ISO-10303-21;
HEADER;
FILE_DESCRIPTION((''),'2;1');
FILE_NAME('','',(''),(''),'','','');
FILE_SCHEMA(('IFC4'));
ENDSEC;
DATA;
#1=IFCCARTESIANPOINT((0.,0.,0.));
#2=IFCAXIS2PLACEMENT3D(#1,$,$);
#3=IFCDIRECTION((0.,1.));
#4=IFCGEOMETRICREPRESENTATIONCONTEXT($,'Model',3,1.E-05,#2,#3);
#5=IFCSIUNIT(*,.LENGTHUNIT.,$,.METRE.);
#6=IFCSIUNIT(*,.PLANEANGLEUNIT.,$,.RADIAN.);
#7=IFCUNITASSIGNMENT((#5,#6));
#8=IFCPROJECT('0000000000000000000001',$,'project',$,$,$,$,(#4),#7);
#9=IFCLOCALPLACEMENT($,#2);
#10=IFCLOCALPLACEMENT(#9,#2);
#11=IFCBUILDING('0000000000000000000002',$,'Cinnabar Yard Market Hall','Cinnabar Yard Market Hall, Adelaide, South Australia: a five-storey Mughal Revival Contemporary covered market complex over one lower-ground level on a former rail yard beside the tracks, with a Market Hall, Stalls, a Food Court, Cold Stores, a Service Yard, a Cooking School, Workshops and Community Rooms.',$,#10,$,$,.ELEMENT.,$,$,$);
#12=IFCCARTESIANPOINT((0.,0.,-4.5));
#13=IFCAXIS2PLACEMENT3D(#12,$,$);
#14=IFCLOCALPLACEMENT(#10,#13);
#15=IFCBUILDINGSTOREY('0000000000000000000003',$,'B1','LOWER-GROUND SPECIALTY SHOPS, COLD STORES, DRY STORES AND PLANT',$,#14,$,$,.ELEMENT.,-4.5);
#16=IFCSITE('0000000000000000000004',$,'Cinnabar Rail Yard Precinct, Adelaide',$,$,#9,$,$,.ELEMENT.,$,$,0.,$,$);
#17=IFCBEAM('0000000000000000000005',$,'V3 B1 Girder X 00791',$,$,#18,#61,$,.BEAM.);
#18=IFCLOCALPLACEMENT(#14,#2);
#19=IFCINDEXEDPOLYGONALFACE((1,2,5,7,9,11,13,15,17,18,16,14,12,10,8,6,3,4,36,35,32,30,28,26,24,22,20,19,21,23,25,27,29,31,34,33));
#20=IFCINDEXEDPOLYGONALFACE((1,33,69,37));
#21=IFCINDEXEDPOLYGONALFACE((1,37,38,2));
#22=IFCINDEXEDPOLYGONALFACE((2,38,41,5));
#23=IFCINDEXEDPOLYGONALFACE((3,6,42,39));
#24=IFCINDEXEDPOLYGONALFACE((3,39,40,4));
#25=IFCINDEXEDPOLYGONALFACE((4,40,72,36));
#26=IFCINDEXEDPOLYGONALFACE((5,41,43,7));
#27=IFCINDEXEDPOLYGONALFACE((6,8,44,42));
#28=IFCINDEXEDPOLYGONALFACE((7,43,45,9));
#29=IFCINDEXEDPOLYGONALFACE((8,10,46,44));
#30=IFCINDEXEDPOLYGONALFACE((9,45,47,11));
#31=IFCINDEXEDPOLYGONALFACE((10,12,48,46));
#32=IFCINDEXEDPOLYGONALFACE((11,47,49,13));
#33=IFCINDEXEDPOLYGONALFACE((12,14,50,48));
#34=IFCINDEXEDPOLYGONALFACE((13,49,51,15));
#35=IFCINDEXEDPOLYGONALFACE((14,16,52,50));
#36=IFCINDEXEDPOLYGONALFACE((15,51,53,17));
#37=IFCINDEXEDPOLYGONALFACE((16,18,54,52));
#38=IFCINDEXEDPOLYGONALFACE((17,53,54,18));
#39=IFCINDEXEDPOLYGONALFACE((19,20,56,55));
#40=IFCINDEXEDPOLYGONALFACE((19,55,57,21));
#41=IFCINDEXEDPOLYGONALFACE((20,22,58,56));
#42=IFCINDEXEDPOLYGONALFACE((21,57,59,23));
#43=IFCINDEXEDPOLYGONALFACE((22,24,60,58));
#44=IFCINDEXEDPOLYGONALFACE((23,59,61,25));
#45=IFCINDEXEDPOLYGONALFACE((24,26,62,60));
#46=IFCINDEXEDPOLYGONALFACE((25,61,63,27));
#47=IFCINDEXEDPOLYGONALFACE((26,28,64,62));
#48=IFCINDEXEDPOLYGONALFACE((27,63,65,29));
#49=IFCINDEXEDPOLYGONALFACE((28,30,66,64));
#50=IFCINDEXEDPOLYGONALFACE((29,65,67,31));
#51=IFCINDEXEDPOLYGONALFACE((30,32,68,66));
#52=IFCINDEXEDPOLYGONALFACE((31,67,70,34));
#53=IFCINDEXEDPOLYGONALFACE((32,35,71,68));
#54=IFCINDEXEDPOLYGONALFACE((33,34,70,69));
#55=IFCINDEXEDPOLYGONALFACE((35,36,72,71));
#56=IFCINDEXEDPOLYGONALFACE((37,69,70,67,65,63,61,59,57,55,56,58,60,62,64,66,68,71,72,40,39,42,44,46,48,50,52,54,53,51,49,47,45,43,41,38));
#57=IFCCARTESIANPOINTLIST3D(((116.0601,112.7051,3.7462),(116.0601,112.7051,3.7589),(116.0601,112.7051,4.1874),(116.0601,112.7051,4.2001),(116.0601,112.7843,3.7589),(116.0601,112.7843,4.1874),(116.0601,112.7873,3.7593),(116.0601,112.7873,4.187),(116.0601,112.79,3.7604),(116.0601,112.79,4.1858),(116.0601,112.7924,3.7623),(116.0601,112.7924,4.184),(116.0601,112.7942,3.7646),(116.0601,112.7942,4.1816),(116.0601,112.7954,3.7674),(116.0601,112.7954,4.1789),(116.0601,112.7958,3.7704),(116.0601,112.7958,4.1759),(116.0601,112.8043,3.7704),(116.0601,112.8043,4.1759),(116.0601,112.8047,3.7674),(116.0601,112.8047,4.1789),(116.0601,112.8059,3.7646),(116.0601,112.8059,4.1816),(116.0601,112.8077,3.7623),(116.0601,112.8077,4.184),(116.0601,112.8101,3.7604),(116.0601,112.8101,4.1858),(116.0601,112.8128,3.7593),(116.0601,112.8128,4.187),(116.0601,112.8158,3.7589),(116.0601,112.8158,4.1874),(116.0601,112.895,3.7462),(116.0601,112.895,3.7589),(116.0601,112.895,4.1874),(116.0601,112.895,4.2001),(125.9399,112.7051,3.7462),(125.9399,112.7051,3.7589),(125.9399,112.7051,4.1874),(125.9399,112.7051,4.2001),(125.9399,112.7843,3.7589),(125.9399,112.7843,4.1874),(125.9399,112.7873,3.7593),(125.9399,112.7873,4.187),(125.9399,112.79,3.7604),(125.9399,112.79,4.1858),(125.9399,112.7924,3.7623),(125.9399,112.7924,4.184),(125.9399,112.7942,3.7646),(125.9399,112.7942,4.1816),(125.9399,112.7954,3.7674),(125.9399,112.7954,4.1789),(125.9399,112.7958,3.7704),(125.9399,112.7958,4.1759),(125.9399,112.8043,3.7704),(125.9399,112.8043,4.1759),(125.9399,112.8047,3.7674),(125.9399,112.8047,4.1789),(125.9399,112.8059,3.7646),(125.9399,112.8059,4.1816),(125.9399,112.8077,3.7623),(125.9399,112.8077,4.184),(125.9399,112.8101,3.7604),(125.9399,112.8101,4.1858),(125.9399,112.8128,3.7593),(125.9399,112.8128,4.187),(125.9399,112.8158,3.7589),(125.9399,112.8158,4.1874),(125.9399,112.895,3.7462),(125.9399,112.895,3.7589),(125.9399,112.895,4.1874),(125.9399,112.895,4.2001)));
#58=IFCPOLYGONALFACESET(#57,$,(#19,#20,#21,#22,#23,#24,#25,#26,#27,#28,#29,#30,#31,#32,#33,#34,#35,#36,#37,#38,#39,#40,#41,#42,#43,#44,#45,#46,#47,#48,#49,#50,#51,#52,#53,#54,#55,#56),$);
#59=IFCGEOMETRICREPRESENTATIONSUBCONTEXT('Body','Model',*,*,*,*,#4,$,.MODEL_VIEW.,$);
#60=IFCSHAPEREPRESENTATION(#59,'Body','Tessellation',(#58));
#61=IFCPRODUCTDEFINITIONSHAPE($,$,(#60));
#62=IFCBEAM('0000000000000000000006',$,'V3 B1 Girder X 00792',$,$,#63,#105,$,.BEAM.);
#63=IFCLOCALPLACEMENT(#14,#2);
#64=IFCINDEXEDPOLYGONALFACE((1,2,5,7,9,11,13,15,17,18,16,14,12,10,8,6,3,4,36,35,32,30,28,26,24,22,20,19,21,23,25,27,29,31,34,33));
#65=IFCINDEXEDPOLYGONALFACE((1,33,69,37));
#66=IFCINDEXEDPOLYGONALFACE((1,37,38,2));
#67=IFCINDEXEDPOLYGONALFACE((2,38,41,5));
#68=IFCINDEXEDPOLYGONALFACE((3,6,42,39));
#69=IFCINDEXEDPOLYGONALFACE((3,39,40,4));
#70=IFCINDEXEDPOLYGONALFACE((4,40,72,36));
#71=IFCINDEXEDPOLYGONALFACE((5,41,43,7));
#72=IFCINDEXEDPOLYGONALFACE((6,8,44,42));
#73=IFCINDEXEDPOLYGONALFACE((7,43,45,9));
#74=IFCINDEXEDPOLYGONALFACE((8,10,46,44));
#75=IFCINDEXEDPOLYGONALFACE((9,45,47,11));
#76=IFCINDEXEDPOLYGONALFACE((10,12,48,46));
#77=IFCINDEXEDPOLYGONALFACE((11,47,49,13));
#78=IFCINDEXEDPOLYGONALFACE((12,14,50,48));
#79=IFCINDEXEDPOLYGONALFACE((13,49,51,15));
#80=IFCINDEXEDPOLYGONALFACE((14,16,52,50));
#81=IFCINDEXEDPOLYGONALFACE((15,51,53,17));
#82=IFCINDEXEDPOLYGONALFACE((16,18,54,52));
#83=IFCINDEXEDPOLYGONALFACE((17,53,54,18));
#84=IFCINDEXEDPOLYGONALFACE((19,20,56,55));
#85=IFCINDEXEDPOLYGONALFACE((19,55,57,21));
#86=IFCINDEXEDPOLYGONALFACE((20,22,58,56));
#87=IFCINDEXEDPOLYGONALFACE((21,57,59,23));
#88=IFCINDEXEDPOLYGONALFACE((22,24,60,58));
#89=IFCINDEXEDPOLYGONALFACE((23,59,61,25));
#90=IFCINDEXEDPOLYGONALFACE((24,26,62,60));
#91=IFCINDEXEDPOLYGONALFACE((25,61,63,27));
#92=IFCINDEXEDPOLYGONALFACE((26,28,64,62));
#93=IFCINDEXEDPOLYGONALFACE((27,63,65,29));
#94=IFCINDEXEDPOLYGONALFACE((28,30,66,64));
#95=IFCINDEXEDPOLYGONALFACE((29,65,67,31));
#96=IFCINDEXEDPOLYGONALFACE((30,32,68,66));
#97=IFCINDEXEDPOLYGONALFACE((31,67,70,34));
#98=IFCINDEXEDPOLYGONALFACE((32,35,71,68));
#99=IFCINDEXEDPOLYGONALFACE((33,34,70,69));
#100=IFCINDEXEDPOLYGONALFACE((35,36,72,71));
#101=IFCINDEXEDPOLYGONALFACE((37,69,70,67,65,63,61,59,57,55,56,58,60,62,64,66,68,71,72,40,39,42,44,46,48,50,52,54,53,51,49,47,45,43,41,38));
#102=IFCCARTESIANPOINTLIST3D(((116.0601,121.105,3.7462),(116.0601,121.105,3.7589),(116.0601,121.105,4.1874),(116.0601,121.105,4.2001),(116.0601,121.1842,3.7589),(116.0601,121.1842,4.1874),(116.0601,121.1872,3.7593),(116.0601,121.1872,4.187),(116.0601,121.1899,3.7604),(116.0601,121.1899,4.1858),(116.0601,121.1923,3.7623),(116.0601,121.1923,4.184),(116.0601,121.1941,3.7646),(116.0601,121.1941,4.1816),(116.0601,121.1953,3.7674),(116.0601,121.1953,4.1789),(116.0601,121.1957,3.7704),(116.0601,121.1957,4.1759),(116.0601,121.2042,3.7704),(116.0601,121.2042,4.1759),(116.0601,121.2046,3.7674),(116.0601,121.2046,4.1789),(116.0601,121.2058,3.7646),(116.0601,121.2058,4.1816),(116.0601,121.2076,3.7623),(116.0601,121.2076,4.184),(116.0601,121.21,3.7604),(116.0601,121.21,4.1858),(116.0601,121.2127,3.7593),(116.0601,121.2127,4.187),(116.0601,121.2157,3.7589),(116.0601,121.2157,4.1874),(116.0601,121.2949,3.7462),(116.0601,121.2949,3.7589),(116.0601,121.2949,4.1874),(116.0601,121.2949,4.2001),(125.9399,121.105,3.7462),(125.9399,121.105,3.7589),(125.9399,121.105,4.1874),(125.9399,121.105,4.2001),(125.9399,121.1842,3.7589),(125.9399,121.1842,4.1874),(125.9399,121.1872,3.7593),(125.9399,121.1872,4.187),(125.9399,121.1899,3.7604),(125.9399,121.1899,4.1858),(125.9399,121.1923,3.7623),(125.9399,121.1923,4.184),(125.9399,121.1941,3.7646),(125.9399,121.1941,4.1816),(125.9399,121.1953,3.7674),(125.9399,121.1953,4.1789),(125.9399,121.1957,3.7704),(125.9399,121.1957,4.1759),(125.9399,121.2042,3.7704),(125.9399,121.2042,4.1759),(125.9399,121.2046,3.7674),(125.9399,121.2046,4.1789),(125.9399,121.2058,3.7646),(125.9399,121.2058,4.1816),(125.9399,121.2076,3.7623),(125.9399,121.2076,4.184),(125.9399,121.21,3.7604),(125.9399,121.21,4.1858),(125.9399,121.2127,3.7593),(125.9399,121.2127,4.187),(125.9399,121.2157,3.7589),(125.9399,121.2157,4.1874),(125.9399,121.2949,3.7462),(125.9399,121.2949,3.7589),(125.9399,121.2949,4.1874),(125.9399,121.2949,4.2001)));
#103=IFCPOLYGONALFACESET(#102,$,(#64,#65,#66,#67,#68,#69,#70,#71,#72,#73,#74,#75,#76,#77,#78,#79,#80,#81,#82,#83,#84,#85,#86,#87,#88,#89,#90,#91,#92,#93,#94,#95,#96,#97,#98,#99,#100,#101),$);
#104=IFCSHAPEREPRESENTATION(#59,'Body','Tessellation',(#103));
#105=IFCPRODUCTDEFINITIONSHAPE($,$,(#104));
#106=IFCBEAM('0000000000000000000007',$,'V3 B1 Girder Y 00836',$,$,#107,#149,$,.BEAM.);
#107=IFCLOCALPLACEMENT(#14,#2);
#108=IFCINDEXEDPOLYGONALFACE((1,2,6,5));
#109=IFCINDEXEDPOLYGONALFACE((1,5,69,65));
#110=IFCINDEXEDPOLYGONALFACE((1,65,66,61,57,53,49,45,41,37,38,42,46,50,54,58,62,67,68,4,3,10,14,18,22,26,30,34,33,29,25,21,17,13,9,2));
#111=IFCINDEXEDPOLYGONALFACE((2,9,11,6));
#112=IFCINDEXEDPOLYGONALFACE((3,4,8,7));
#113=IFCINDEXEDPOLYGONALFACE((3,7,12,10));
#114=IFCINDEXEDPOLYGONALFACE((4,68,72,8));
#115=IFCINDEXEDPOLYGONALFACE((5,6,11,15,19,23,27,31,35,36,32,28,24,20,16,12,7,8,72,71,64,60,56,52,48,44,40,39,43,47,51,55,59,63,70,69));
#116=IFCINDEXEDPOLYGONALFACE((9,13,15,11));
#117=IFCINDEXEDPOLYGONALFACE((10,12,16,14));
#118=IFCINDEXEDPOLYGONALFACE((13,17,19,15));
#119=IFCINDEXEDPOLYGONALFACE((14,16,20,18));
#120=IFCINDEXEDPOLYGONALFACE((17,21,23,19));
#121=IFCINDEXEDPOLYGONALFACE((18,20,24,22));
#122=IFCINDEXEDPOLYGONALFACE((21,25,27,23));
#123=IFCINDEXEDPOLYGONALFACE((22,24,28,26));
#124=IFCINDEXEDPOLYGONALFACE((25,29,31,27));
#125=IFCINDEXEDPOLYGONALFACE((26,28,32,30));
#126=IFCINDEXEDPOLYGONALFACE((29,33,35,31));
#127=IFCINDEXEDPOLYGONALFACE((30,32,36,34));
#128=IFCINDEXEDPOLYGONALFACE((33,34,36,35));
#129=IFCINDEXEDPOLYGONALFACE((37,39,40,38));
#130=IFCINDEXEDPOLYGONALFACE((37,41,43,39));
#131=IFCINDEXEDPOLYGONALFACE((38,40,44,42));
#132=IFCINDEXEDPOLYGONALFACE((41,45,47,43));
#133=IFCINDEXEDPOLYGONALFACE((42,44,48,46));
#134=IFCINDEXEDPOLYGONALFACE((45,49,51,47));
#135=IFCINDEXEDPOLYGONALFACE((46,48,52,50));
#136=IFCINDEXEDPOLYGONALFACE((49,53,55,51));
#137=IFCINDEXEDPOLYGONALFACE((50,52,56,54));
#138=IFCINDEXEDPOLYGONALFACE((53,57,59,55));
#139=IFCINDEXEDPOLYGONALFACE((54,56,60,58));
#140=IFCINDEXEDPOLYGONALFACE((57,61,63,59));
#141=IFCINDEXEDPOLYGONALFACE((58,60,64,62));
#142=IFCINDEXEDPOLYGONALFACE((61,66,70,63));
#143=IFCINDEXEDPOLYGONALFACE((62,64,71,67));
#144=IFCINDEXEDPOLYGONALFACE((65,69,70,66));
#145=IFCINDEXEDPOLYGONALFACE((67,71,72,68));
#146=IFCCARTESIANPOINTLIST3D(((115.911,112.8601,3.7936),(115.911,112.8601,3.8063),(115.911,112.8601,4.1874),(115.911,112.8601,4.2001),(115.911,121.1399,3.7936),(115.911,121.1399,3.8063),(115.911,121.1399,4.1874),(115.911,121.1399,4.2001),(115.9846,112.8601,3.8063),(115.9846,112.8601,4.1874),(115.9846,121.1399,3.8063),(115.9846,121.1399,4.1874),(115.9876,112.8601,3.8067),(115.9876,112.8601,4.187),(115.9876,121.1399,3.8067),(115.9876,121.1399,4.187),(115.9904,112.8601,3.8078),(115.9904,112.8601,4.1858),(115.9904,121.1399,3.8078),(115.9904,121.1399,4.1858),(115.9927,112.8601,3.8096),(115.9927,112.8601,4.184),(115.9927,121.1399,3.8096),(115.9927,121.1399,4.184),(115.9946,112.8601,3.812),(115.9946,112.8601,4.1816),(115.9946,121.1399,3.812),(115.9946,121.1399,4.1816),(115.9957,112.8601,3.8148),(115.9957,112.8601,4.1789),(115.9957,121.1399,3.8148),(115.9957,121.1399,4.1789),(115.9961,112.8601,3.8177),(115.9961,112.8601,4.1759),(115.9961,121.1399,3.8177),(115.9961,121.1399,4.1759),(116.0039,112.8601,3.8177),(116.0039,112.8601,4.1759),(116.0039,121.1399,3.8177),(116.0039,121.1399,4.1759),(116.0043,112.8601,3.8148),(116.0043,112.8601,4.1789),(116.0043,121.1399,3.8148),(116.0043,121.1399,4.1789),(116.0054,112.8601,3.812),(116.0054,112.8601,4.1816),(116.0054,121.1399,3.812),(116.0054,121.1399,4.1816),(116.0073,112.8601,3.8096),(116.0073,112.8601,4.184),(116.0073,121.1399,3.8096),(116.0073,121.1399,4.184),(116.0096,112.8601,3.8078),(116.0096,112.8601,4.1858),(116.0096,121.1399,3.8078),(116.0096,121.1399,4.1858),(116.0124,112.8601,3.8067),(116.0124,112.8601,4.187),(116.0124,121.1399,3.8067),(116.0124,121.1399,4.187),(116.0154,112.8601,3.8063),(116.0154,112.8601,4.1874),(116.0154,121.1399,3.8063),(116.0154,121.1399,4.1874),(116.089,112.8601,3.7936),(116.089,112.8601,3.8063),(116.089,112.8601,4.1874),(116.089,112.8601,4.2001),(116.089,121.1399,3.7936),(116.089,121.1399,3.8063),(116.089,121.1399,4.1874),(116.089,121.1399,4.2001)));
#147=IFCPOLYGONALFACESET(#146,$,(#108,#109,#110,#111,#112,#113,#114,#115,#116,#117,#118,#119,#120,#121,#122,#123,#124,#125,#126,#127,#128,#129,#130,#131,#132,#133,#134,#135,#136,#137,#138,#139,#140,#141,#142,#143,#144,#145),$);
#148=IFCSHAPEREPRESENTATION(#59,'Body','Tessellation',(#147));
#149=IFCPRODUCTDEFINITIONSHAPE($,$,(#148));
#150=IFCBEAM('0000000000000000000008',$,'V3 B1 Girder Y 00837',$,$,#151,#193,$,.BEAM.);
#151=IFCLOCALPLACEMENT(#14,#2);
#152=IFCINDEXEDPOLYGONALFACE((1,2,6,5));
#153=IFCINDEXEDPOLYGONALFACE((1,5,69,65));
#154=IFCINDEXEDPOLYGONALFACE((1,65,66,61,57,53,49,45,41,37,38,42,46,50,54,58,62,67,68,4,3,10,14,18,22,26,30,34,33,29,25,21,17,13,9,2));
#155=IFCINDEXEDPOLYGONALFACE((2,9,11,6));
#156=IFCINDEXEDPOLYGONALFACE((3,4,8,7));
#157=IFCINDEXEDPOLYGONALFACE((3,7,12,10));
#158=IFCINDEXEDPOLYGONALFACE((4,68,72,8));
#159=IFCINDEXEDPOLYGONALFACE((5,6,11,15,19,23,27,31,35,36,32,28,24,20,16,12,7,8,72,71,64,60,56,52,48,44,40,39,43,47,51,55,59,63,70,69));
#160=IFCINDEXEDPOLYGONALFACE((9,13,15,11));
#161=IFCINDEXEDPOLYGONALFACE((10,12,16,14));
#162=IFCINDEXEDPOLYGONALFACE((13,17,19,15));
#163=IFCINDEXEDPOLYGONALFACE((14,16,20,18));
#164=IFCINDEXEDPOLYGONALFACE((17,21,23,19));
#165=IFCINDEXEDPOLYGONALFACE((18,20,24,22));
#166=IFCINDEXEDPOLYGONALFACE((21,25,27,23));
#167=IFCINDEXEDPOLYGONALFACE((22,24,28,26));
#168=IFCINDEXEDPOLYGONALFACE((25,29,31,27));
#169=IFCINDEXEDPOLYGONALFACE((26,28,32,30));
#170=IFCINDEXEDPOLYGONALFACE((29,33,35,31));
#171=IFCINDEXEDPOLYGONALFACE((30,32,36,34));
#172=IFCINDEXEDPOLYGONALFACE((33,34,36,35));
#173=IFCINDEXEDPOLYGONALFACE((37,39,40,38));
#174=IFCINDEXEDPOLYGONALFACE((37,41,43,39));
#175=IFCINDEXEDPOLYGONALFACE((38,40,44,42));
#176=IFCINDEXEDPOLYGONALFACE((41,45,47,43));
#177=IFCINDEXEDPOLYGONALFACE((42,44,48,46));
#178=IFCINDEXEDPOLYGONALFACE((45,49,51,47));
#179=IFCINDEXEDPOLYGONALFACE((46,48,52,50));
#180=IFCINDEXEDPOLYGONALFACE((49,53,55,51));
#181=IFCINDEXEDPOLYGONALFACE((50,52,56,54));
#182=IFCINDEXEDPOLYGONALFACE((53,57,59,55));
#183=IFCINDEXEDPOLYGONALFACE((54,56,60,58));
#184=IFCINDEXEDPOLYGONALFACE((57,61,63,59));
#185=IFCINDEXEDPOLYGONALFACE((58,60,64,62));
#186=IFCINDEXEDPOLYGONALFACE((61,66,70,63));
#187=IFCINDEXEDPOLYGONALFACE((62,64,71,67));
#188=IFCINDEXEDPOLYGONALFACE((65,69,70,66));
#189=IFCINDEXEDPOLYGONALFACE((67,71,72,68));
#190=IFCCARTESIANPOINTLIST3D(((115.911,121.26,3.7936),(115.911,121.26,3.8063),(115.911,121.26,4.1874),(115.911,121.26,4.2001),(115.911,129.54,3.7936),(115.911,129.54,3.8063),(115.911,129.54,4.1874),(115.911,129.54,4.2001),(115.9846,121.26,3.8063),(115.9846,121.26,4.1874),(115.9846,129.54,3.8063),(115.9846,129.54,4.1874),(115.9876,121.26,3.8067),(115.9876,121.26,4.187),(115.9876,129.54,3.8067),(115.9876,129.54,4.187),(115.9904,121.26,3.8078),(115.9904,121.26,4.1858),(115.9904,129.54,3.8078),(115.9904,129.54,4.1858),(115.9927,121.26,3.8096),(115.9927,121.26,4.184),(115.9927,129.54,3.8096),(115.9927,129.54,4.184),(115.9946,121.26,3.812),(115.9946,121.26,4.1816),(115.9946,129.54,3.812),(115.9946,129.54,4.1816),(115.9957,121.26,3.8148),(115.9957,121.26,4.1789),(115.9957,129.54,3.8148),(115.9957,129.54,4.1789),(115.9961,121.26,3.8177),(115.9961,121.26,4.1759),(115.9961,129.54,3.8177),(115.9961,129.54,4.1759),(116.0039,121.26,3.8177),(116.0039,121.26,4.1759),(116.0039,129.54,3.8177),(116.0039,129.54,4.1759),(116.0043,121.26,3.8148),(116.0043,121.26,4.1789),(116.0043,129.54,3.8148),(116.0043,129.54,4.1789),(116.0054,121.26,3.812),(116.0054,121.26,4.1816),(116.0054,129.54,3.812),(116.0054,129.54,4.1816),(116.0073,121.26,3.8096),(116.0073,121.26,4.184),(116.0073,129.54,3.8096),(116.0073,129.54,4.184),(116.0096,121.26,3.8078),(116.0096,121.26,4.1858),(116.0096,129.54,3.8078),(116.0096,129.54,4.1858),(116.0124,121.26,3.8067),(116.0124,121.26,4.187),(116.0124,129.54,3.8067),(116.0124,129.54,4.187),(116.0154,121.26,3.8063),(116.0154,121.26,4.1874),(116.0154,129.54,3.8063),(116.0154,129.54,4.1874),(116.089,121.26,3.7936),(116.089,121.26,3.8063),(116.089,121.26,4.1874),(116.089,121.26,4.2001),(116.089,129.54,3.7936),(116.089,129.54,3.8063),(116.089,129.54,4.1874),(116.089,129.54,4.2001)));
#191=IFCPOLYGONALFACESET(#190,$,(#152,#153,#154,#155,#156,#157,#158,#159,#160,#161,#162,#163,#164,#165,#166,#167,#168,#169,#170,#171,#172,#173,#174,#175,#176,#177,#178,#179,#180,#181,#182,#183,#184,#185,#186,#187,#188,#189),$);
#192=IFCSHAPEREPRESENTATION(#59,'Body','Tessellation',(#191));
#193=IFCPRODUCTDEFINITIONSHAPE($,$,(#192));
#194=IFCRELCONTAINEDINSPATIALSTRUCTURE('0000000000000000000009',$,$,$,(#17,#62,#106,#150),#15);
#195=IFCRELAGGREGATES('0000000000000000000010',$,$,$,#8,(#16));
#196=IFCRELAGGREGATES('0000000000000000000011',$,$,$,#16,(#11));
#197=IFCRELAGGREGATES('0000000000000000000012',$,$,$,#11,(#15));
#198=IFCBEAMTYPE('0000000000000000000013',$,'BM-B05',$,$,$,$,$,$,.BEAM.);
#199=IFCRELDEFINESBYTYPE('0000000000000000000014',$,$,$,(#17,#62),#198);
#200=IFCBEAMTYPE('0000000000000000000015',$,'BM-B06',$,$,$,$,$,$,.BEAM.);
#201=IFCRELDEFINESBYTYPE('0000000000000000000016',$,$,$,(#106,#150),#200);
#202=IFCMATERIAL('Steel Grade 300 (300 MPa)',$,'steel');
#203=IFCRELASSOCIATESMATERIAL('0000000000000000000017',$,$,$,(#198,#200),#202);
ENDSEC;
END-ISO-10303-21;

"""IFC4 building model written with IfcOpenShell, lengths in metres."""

from ifc_helpers import new_model, si_unit, direction, frame, origin, origin_2d_with_axis, place, context, subcontext, project, spatial, i_section, extrude, material, material_profile, profile_set, type_object, element, save


model = new_model("IFC4")

# Units and contexts
model_context = context("Model", 3, precision=1e-05, world=origin(), true_north=direction((0.0, 1.0)))
body_context = subcontext(model_context, "Body", "Model", "MODEL_VIEW")
ifc_project = project(units=[si_unit("LENGTHUNIT", "METRE"), si_unit("PLANEANGLEUNIT", "RADIAN")], contexts=[model_context])

# Site, building, storey
site_placement = place(None, origin())
site = spatial("IfcSite", under=ifc_project, at=site_placement, Name="Cinnabar Rail Yard Precinct, Adelaide", CompositionType="ELEMENT", RefElevation=0.0)
building_placement = place(site_placement, origin())
building = spatial("IfcBuilding", under=site, at=building_placement, Name="Cinnabar Yard Market Hall", Description="Cinnabar Yard Market Hall, Adelaide, South Australia: a five-storey Mughal Revival Contemporary covered market complex over one lower-ground level on a former rail yard beside the tracks, with a Market Hall, Stalls, a Food Court, Cold Stores, a Service Yard, a Cooking School, Workshops and Community Rooms.", CompositionType="ELEMENT")
storey_placement = place(building_placement, frame((0.0, 0.0, -4.5)))
storey = spatial("IfcBuildingStorey", under=building, at=storey_placement, Name="B1", Description="LOWER-GROUND SPECIALTY SHOPS, COLD STORES, DRY STORES AND PLANT", CompositionType="ELEMENT", Elevation=-4.5)

# Shared definitions
ifc_material_1 = material(Name="Steel Grade 300 (300 MPa)", Category="steel")

# Beams
ifc_material_profile_1 = material_profile(ifc_material_1, i_section(OverallWidth=0.1899, OverallDepth=0.4539, WebThickness=0.0085, FlangeThickness=0.0127, FilletRadius=0.0115, at=origin_2d_with_axis()), Name="460UB67.1")
ifc_profile_set_1 = profile_set([ifc_material_profile_1], Name="Steel Grade 300 (300 MPa)")
beam_type_1 = type_object("IfcBeamType", Name="BM-B05", PredefinedType="BEAM", material=ifc_profile_set_1)
for number, where, z_axis, x_axis, name in (
    (1, (116.0601, 112.8, 3.9731), (1.0, 0.0, 0.0), (0.0, 1.0, 0.0), "V3 B1 Girder X 00791"),
    (2, (116.0601, 121.2, 3.9731), (1.0, 0.0, 0.0), (0.0, 1.0, 0.0), "V3 B1 Girder X 00792"),
):
    element("IfcBeam", number, at=place(storey_placement, frame(where, z_axis=z_axis, x_axis=x_axis)), inside=storey, type_object=beam_type_1, Name=name, PredefinedType="BEAM", context=body_context, shape_type="SweptSolid", body=[
        extrude(i_section(OverallWidth=0.1899, OverallDepth=0.4539, WebThickness=0.0085, FlangeThickness=0.0127, FilletRadius=0.0115, at=origin_2d_with_axis()), origin(), (0.0, 0.0, 1.0), 9.8799),
    ])
ifc_material_profile_2 = material_profile(ifc_material_1, i_section(OverallWidth=0.178, OverallDepth=0.4065, WebThickness=0.0078, FlangeThickness=0.0127, FilletRadius=0.0115, at=origin_2d_with_axis()), Name="410UB59.7")
ifc_profile_set_2 = profile_set([ifc_material_profile_2], Name="Steel Grade 300 (300 MPa)")
beam_type_2 = type_object("IfcBeamType", Name="BM-B06", PredefinedType="BEAM", material=ifc_profile_set_2)
beam_1_placement = place(storey_placement, frame((116.0, 112.8601, 3.9968), z_axis=(0.0, 1.0, 0.0), x_axis=(-1.0, 0.0, 0.0)))
element("IfcBeam", 3, at=beam_1_placement, inside=storey, type_object=beam_type_2, Name="V3 B1 Girder Y 00836", PredefinedType="BEAM", context=body_context, shape_type="SweptSolid", body=[
    extrude(i_section(OverallWidth=0.178, OverallDepth=0.4065, WebThickness=0.0078, FlangeThickness=0.0127, FilletRadius=0.0115, at=origin_2d_with_axis()), origin(), (0.0, 0.0, 1.0), 8.2798),
])
beam_2_placement = place(storey_placement, frame((116.0, 121.26, 3.9968), z_axis=(0.0, 1.0, 0.0), x_axis=(-1.0, 0.0, 0.0)))
element("IfcBeam", 4, at=beam_2_placement, inside=storey, type_object=beam_type_2, Name="V3 B1 Girder Y 00837", PredefinedType="BEAM", context=body_context, shape_type="SweptSolid", body=[
    extrude(i_section(OverallWidth=0.178, OverallDepth=0.4065, WebThickness=0.0078, FlangeThickness=0.0127, FilletRadius=0.0115, at=origin_2d_with_axis()), origin(), (0.0, 0.0, 1.0), 8.28),
])

save(model, "model.ifc")
